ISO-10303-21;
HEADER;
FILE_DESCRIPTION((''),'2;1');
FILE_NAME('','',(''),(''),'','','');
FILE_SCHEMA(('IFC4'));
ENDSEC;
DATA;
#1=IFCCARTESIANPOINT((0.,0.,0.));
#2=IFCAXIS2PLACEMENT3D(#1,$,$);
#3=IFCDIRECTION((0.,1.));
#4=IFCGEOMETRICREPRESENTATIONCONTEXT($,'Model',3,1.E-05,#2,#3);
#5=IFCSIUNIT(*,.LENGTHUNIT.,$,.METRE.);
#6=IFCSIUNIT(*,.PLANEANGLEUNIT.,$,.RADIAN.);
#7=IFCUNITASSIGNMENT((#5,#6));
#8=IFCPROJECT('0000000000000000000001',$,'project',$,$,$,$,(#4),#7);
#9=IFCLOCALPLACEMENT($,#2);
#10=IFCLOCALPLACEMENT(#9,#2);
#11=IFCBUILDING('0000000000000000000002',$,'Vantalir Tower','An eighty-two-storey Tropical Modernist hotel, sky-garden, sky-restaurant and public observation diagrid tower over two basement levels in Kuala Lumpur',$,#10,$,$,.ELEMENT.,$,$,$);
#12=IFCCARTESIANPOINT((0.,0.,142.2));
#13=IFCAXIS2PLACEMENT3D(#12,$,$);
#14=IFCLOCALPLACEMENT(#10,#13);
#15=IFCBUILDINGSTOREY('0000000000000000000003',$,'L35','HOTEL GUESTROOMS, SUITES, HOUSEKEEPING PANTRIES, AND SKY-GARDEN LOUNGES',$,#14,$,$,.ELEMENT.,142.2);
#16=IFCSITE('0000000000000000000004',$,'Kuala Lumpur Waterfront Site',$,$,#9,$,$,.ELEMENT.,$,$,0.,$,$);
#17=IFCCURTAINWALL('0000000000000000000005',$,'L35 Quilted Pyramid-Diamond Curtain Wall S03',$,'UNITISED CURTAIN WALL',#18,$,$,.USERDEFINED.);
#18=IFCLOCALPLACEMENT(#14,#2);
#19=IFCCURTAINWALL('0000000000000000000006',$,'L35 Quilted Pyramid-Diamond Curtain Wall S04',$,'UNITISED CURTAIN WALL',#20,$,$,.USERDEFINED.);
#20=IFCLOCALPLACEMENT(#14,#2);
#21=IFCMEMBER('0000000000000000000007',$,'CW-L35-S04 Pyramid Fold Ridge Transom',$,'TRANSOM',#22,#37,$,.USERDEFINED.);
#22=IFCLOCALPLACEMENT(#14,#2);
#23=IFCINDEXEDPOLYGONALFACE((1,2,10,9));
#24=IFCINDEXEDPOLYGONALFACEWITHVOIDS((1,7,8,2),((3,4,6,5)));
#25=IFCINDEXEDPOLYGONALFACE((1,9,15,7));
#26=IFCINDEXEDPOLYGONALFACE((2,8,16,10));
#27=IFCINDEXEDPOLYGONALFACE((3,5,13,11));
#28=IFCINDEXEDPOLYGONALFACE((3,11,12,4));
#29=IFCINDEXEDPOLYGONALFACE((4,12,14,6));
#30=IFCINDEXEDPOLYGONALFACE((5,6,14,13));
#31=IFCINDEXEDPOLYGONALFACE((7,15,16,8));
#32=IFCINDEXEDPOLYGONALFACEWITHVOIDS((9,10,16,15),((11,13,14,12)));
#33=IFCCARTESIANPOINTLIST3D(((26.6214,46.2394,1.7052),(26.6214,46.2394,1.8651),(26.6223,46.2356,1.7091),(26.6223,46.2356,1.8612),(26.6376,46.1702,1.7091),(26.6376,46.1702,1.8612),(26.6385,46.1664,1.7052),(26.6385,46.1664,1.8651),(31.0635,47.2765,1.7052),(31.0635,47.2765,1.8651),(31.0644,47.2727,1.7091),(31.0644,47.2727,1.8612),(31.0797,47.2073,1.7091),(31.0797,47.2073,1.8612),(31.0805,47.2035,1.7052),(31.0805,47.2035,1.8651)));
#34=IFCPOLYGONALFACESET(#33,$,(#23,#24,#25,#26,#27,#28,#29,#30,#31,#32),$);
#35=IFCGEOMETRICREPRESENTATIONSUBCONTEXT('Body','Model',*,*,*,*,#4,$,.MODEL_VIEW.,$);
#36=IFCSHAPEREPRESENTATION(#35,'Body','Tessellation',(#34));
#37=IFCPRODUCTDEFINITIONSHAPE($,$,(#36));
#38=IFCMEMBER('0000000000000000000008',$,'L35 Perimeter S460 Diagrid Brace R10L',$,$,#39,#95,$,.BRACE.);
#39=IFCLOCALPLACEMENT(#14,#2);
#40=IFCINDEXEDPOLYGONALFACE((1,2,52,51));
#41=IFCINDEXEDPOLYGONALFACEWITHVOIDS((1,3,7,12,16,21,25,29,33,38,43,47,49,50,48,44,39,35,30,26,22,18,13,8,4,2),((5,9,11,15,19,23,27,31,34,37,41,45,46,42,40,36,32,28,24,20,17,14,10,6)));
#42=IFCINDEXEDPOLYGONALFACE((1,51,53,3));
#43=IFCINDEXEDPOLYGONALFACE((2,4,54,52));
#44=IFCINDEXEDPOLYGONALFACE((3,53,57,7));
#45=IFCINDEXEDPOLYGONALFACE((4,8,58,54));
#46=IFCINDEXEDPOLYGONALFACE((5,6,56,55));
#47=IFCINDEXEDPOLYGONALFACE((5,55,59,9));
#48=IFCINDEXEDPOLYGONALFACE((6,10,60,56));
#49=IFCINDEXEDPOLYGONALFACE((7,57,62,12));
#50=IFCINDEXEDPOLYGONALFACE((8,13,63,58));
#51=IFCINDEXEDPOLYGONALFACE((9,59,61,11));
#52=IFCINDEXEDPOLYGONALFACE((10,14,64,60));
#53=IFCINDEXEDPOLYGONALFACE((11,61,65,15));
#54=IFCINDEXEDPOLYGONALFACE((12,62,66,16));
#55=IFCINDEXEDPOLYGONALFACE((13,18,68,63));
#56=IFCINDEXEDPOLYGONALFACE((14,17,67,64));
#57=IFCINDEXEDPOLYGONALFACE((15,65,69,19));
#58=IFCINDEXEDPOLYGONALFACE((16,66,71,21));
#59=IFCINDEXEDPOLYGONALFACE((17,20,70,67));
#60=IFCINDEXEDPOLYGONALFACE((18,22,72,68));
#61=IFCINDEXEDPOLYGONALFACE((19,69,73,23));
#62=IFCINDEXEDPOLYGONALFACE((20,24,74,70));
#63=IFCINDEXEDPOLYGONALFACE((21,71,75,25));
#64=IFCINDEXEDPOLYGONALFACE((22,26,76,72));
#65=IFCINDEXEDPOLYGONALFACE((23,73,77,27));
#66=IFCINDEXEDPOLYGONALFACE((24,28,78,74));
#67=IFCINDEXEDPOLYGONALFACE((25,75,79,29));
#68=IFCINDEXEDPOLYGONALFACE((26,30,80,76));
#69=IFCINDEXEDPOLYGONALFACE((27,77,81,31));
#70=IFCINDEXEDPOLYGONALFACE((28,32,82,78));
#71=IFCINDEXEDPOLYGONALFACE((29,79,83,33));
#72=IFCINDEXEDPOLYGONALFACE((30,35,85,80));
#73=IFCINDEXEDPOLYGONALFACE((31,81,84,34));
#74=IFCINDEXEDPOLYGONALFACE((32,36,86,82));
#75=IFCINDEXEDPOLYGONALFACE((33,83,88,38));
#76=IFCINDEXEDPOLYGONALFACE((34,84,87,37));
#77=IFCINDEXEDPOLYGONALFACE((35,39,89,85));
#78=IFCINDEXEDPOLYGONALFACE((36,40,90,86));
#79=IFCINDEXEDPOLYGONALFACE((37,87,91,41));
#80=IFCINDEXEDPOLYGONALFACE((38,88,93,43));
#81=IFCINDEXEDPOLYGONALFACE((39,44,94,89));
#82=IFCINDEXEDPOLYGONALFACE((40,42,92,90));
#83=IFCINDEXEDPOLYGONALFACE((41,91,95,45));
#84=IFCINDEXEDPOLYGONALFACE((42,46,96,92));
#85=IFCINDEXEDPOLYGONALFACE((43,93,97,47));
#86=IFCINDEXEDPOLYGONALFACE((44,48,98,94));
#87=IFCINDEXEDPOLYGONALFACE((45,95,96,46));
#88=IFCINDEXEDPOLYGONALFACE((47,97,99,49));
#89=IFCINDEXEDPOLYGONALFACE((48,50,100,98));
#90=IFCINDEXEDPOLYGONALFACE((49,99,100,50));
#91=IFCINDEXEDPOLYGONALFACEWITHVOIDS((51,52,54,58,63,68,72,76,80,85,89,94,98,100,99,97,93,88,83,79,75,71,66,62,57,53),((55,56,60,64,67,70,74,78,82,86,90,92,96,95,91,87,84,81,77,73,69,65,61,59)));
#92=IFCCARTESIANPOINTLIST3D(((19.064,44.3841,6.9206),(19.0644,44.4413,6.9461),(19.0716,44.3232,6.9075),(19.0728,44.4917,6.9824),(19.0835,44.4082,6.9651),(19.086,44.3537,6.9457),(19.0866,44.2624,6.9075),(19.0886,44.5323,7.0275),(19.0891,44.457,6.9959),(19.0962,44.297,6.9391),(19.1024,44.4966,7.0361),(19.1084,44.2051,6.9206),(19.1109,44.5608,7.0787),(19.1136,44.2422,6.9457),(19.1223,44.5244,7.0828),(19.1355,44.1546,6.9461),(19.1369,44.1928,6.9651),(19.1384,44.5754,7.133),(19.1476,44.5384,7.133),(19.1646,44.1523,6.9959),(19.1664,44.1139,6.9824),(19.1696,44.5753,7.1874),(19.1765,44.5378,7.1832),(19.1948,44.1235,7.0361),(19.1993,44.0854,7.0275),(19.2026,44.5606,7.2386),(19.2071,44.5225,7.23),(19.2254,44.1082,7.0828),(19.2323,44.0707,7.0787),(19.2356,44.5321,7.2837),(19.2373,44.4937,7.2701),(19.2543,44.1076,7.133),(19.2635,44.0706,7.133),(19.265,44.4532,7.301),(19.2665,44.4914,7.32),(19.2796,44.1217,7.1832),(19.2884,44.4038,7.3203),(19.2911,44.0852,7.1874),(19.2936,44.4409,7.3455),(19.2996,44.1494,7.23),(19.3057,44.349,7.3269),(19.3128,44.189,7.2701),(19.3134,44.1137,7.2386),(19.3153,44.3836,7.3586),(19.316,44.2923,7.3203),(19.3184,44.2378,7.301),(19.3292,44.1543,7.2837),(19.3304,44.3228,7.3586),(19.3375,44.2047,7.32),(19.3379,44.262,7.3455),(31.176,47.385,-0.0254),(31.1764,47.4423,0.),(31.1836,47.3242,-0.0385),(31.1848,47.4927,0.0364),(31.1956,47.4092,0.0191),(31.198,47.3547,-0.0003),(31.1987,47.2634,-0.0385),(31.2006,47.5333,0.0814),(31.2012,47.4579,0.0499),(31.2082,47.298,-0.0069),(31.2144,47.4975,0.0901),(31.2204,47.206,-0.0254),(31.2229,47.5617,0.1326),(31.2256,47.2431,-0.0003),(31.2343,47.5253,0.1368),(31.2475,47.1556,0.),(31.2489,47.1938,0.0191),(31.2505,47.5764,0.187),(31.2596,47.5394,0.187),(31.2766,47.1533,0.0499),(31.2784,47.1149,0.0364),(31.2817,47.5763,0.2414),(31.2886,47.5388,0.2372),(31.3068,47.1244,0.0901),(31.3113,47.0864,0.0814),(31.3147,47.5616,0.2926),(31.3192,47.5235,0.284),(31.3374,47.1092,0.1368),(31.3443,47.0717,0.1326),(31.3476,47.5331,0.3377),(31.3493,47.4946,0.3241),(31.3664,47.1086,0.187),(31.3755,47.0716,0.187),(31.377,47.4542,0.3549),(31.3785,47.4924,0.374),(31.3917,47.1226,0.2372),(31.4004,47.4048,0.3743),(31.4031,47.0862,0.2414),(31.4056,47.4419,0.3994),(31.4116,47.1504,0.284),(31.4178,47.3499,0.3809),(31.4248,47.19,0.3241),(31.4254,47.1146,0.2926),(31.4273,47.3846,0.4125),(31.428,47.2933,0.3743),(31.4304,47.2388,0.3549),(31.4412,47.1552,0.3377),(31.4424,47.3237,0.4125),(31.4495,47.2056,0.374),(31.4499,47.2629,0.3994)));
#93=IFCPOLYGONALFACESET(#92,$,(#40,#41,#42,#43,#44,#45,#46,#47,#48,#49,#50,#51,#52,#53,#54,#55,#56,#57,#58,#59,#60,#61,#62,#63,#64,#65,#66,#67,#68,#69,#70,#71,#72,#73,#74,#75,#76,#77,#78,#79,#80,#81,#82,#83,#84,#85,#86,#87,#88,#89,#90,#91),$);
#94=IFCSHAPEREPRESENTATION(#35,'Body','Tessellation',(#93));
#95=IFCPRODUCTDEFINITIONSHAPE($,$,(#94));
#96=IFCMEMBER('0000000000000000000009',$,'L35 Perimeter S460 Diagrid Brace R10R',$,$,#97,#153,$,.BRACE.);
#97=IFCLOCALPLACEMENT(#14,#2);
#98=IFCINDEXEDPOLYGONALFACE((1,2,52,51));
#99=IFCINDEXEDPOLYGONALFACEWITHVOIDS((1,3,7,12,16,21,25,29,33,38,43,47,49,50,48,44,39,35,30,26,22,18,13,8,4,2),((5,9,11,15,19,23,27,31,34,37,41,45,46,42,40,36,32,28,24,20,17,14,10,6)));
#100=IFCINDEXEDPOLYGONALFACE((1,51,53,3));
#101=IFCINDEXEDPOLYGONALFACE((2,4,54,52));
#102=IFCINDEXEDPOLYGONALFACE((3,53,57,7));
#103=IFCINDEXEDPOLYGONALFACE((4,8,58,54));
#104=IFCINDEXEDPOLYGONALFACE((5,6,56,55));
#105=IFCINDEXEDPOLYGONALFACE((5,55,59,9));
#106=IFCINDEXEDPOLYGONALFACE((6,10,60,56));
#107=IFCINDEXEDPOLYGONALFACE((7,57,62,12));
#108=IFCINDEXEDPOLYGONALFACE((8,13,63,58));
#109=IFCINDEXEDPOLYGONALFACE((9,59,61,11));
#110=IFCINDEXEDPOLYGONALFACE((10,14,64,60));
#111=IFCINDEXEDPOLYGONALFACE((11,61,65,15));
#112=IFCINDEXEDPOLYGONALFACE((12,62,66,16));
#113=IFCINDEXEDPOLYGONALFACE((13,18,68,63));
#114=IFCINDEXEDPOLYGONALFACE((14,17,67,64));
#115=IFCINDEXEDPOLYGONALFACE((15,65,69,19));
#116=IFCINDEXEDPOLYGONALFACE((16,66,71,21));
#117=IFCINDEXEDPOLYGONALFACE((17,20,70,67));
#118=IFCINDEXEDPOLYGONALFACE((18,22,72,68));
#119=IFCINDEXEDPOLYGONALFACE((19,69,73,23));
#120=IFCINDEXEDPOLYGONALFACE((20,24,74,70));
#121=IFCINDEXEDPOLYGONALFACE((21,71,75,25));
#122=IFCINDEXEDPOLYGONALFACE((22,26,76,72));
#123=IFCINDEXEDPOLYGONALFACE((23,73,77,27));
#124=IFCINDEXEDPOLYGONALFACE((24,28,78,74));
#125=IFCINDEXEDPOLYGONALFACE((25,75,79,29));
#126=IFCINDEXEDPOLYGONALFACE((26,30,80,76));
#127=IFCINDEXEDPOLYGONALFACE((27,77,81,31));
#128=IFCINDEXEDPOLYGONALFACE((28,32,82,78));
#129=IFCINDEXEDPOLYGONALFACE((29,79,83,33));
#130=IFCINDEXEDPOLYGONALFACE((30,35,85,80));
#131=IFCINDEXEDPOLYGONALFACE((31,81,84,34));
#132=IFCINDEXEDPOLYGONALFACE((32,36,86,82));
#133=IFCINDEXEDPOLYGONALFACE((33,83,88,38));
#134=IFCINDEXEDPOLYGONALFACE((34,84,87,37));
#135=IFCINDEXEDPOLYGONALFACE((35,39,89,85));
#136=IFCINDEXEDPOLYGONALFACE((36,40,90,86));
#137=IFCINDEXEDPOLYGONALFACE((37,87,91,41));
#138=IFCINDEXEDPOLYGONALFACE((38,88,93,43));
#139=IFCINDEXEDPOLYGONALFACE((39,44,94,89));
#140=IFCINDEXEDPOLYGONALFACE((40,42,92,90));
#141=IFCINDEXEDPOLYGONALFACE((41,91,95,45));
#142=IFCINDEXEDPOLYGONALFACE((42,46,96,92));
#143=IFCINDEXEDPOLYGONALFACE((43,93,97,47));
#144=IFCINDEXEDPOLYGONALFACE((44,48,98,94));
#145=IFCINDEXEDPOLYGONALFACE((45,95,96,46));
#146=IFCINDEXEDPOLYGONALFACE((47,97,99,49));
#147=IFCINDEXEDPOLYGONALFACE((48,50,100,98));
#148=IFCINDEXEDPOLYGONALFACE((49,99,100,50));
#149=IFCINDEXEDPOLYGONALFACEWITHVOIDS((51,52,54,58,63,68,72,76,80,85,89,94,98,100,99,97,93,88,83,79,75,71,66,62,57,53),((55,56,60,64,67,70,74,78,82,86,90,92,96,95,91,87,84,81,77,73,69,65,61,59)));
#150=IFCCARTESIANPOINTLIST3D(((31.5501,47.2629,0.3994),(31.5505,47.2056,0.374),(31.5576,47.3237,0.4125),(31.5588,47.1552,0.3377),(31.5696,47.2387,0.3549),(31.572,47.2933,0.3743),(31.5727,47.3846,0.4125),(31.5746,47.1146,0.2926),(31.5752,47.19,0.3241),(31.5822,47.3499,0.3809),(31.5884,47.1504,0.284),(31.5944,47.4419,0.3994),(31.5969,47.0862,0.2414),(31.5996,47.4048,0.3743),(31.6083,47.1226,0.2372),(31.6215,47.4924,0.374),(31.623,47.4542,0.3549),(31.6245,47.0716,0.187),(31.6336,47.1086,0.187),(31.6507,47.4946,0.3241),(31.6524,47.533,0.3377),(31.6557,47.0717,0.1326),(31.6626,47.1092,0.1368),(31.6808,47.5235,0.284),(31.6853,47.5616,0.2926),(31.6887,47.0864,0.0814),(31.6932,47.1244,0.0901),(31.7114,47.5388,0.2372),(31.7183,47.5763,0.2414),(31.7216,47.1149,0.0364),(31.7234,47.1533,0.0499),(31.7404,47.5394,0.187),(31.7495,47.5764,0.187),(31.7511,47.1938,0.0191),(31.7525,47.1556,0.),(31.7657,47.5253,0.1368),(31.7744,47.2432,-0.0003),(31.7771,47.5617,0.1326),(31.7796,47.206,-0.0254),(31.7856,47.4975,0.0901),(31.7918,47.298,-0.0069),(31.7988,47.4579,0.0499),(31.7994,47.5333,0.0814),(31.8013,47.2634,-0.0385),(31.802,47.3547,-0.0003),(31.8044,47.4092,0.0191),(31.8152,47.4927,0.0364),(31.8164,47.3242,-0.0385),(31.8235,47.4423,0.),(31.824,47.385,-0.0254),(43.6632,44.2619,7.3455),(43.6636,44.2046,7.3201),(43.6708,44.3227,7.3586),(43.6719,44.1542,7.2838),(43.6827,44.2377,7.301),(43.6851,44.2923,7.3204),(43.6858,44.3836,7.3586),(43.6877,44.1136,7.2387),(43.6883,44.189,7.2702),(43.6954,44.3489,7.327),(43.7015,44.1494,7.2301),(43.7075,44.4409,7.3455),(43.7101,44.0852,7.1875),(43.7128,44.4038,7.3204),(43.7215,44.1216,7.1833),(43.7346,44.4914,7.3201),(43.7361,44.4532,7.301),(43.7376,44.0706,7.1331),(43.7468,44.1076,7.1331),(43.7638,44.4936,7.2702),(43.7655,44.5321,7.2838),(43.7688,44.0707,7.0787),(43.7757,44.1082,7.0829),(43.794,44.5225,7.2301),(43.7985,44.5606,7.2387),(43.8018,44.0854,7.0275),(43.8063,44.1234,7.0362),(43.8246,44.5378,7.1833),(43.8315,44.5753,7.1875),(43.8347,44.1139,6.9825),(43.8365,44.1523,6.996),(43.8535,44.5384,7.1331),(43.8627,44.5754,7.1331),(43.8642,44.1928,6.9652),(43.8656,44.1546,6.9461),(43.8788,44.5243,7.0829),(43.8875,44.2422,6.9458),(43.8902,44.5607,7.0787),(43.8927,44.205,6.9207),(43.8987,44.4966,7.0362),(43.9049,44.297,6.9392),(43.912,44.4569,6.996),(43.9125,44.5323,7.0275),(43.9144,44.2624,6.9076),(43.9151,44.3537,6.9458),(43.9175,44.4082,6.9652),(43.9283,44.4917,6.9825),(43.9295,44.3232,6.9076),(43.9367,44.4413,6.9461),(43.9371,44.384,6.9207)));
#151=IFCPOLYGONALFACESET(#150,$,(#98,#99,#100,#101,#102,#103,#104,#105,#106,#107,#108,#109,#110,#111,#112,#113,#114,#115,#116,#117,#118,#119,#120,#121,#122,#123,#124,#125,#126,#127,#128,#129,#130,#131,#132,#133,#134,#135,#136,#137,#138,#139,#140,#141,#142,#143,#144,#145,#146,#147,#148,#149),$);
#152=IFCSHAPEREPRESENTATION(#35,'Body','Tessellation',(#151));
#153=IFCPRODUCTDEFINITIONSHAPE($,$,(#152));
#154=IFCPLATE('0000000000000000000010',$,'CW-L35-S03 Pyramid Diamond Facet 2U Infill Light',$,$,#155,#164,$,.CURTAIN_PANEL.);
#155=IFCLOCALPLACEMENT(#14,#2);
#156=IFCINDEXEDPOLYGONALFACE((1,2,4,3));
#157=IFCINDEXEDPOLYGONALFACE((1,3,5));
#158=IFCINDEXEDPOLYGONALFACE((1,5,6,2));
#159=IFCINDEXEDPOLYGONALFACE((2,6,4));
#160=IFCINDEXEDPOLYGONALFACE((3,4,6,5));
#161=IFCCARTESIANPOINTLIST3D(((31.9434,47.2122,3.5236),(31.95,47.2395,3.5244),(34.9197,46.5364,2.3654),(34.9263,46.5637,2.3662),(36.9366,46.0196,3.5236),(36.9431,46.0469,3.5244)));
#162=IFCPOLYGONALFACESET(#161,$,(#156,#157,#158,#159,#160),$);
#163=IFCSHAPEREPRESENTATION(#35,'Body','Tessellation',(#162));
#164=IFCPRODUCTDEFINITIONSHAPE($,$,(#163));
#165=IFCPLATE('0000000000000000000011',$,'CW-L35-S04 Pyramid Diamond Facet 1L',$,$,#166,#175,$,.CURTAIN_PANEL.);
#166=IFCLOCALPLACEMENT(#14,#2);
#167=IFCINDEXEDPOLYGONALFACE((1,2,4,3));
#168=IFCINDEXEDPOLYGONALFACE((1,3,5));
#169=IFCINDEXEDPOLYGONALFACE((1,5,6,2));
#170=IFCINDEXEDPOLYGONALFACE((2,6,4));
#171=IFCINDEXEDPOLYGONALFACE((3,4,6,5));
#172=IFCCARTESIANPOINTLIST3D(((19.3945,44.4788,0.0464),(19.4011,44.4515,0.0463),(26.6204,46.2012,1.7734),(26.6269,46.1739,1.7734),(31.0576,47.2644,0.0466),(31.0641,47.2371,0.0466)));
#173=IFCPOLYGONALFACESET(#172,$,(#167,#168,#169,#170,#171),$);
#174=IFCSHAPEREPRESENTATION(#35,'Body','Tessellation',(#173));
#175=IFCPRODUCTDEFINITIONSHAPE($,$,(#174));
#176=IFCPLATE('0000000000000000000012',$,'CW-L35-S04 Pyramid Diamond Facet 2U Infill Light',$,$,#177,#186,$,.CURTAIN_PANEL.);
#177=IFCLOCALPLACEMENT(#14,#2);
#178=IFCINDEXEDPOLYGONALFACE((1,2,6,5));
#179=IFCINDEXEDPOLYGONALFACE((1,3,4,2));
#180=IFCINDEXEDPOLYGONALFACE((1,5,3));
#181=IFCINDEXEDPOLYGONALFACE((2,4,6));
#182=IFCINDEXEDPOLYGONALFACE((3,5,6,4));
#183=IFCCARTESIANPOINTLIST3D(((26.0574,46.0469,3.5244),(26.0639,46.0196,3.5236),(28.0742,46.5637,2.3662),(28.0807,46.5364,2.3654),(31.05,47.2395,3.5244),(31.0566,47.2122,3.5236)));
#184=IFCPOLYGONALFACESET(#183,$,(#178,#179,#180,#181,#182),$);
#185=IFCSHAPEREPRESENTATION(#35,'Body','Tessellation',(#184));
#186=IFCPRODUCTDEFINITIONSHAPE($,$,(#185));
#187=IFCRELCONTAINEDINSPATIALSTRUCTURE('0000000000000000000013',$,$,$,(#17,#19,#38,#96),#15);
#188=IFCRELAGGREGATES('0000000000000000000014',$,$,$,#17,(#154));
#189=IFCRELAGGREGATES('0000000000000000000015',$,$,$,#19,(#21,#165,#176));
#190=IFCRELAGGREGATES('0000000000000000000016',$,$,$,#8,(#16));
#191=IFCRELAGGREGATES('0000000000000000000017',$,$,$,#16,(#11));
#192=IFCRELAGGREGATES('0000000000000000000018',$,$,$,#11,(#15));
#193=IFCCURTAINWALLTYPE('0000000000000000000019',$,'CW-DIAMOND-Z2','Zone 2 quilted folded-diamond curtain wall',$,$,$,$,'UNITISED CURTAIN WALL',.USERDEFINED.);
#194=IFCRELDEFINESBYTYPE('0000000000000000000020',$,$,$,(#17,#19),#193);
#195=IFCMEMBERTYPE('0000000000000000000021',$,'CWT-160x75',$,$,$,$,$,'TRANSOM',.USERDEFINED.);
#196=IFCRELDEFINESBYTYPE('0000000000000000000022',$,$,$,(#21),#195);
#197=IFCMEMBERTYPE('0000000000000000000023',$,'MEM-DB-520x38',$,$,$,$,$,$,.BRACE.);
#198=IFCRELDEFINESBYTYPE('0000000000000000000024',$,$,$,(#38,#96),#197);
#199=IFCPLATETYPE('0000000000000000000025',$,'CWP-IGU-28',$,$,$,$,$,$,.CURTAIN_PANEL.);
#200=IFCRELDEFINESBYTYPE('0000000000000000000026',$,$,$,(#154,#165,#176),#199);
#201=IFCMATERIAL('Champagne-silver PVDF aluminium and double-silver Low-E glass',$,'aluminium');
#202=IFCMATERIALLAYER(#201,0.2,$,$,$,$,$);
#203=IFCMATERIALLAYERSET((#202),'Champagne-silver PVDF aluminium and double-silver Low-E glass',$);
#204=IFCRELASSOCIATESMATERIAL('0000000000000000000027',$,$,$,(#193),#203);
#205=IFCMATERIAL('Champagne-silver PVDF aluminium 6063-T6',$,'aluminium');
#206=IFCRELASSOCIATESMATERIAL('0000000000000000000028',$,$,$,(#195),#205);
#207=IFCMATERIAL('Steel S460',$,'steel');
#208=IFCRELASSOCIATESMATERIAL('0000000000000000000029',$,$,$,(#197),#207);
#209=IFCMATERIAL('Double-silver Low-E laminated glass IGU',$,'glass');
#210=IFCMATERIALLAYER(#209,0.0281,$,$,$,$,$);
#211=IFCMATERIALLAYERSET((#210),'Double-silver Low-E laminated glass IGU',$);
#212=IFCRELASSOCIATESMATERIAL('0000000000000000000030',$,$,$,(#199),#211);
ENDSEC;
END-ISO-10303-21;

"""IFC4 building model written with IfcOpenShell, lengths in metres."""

from ifc_helpers import new_model, si_unit, direction, frame, origin, origin_2d, place, context, subcontext, project, spatial, polyline, hollow_rectangle, hollow_circle, outline, extrude, material, layer, layer_set, material_profile, profile_set, type_object, element, aggregate, save


model = new_model("IFC4")

# Units and contexts
model_context = context("Model", 3, precision=1e-05, world=origin(), true_north=direction((0.0, 1.0)))
body_context = subcontext(model_context, "Body", "Model", "MODEL_VIEW")
ifc_project = project(units=[si_unit("LENGTHUNIT", "METRE"), si_unit("PLANEANGLEUNIT", "RADIAN")], contexts=[model_context])

# Site, building, storey
site_placement = place(None, origin())
site = spatial("IfcSite", under=ifc_project, at=site_placement, Name="Kuala Lumpur Waterfront Site", CompositionType="ELEMENT", RefElevation=0.0)
building_placement = place(site_placement, origin())
building = spatial("IfcBuilding", under=site, at=building_placement, Name="Vantalir Tower", Description="An eighty-two-storey Tropical Modernist hotel, sky-garden, sky-restaurant and public observation diagrid tower over two basement levels in Kuala Lumpur", CompositionType="ELEMENT")
storey_placement = place(building_placement, frame((0.0, 0.0, 142.2)))
storey = spatial("IfcBuildingStorey", under=building, at=storey_placement, Name="L35", Description="HOTEL GUESTROOMS, SUITES, HOUSEKEEPING PANTRIES, AND SKY-GARDEN LOUNGES", CompositionType="ELEMENT", Elevation=142.2)

# Shared definitions
ifc_material_1 = material(Name="Steel S460", Category="steel")

# Curtain wall
ifc_material_2 = material(Name="Champagne-silver PVDF aluminium and double-silver Low-E glass", Category="aluminium")
ifc_layer_1 = layer(ifc_material_2, 0.2)
ifc_layer_set_1 = layer_set([ifc_layer_1], Name="Champagne-silver PVDF aluminium and double-silver Low-E glass")
curtain_wall_type = type_object("IfcCurtainWallType", Name="CW-DIAMOND-Z2", Description="Zone 2 quilted folded-diamond curtain wall", ElementType="UNITISED CURTAIN WALL", PredefinedType="USERDEFINED", material=ifc_layer_set_1)
curtain_wall_1_placement = place(storey_placement, origin())
curtain_wall_1 = element("IfcCurtainWall", 1, at=curtain_wall_1_placement, inside=storey, type_object=curtain_wall_type, Name="L35 Quilted Pyramid-Diamond Curtain Wall S03", ObjectType="UNITISED CURTAIN WALL", PredefinedType="USERDEFINED")
ifc_material_3 = material(Name="Champagne-silver PVDF aluminium 6063-T6", Category="aluminium")

# Curtain wall, member
curtain_wall_2_placement = place(storey_placement, origin())
curtain_wall_2 = element("IfcCurtainWall", 2, at=curtain_wall_2_placement, inside=storey, type_object=curtain_wall_type, Name="L35 Quilted Pyramid-Diamond Curtain Wall S04", ObjectType="UNITISED CURTAIN WALL", PredefinedType="USERDEFINED")
ifc_material_profile_1 = material_profile(ifc_material_3, hollow_rectangle(XDim=0.075, YDim=0.1599, WallThickness=0.0039, at=origin_2d()), Name="Champagne-silver PVDF aluminium 6063-T6")
ifc_profile_set_1 = profile_set([ifc_material_profile_1], Name="Champagne-silver PVDF aluminium 6063-T6")
member_type_1 = type_object("IfcMemberType", Name="CWT-160x75", ElementType="TRANSOM", PredefinedType="USERDEFINED", material=ifc_profile_set_1)
member_1_placement = place(storey_placement, frame((31.072, 47.24, 1.7852), z_axis=(-0.973812, -0.227357, 0.0), x_axis=(0.227357, -0.973812, 0.0)))
member_1 = element("IfcMember", 3, at=member_1_placement, type_object=member_type_1, Name="CW-L35-S04 Pyramid Fold Ridge Transom", ObjectType="TRANSOM", PredefinedType="USERDEFINED", context=body_context, shape_type="SweptSolid", body=[
    extrude(hollow_rectangle(XDim=0.075, YDim=0.1599, WallThickness=0.0039, at=origin_2d()), origin(), (0.0, 0.0, 1.0), 4.5615),
])

# Members
ifc_material_profile_2 = material_profile(ifc_material_1, hollow_circle(Radius=0.26, WallThickness=0.0381, at=origin_2d()), Name="Steel S460")
ifc_profile_set_2 = profile_set([ifc_material_profile_2], Name="Steel S460")
member_type_2 = type_object("IfcMemberType", Name="MEM-DB-520x38", PredefinedType="BRACE", material=ifc_profile_set_2)
member_2_placement = place(storey_placement, frame((31.313, 47.324, 0.187), z_axis=(-0.848107, -0.210133, 0.486374), x_axis=(0.240496, -0.97065, 0.0)))
element("IfcMember", 4, at=member_2_placement, inside=storey, type_object=member_type_2, Name="L35 Perimeter S460 Diagrid Brace R10L", PredefinedType="BRACE", context=body_context, shape_type="SweptSolid", body=[
    extrude(hollow_circle(Radius=0.26, WallThickness=0.0381, at=origin_2d()), origin(), (0.0, 0.0, 1.0), 14.2812),
])
member_3_placement = place(storey_placement, frame((31.687, 47.324, 0.187), z_axis=(0.848126, -0.210121, 0.486345), x_axis=(0.240477, 0.970655, 0.0)))
element("IfcMember", 5, at=member_3_placement, inside=storey, type_object=member_type_2, Name="L35 Perimeter S460 Diagrid Brace R10R", PredefinedType="BRACE", context=body_context, shape_type="SweptSolid", body=[
    extrude(hollow_circle(Radius=0.26, WallThickness=0.0381, at=origin_2d()), origin(), (0.0, 0.0, 1.0), 14.2822),
])

# Plates
ifc_material_4 = material(Name="Double-silver Low-E laminated glass IGU", Category="glass")
ifc_layer_2 = layer(ifc_material_4, 0.0281)
ifc_layer_set_2 = layer_set([ifc_layer_2], Name="Double-silver Low-E laminated glass IGU")
plate_type_1 = type_object("IfcPlateType", Name="CWP-IGU-28", PredefinedType="CURTAIN_PANEL", material=ifc_layer_set_2)
plate_1_placement = place(storey_placement, frame((36.9431, 46.0469, 3.5244), z_axis=(0.232216, 0.972217, 0.029479), x_axis=(-0.97264, 0.232317, 0.0)))
plate_1 = element("IfcPlate", 6, at=plate_1_placement, type_object=plate_type_1, Name="CW-L35-S03 Pyramid Diamond Facet 2U Infill Light", PredefinedType="CURTAIN_PANEL", context=body_context, shape_type="SweptSolid", body=[
    extrude(outline(polyline([(0.0, 0.0), (5.1336, 0.0), (2.0817, -1.1587), (0.0, 0.0)])), origin(), (0.0, 0.0, -1.0), 0.0281),
])
aggregate(curtain_wall_1, [plate_1])
plate_2_placement = place(storey_placement, frame((31.0576, 47.2644, 0.0466), z_axis=(-0.232308, 0.97264, 0.001929), x_axis=(-0.972642, -0.232309, -0.00002)))
plate_2 = element("IfcPlate", 7, at=plate_2_placement, type_object=plate_type_1, Name="CW-L35-S04 Pyramid Diamond Facet 1L", PredefinedType="CURTAIN_PANEL", context=body_context, shape_type="SweptSolid", body=[
    extrude(outline(polyline([(0.0, 0.0), (11.9911, 0.0), (4.5628, 1.7269), (0.0, 0.0)])), origin(), (0.0, 0.0, -1.0), 0.0281),
])
plate_3_placement = place(storey_placement, frame((31.05, 47.2395, 3.5244), z_axis=(-0.232238, 0.972213, 0.029439), x_axis=(-0.972635, -0.232338, 0.0)))
plate_3 = element("IfcPlate", 8, at=plate_3_placement, type_object=plate_type_1, Name="CW-L35-S04 Pyramid Diamond Facet 2U Infill Light", PredefinedType="CURTAIN_PANEL", context=body_context, shape_type="SweptSolid", body=[
    extrude(outline(polyline([(0.0, 0.0), (5.1331, 0.0), (3.0514, -1.1587), (0.0, 0.0)])), origin(), (0.0, 0.0, -1.0), 0.0281),
])
aggregate(curtain_wall_2, [member_1, plate_2, plate_3])

save(model, "model.ifc")
